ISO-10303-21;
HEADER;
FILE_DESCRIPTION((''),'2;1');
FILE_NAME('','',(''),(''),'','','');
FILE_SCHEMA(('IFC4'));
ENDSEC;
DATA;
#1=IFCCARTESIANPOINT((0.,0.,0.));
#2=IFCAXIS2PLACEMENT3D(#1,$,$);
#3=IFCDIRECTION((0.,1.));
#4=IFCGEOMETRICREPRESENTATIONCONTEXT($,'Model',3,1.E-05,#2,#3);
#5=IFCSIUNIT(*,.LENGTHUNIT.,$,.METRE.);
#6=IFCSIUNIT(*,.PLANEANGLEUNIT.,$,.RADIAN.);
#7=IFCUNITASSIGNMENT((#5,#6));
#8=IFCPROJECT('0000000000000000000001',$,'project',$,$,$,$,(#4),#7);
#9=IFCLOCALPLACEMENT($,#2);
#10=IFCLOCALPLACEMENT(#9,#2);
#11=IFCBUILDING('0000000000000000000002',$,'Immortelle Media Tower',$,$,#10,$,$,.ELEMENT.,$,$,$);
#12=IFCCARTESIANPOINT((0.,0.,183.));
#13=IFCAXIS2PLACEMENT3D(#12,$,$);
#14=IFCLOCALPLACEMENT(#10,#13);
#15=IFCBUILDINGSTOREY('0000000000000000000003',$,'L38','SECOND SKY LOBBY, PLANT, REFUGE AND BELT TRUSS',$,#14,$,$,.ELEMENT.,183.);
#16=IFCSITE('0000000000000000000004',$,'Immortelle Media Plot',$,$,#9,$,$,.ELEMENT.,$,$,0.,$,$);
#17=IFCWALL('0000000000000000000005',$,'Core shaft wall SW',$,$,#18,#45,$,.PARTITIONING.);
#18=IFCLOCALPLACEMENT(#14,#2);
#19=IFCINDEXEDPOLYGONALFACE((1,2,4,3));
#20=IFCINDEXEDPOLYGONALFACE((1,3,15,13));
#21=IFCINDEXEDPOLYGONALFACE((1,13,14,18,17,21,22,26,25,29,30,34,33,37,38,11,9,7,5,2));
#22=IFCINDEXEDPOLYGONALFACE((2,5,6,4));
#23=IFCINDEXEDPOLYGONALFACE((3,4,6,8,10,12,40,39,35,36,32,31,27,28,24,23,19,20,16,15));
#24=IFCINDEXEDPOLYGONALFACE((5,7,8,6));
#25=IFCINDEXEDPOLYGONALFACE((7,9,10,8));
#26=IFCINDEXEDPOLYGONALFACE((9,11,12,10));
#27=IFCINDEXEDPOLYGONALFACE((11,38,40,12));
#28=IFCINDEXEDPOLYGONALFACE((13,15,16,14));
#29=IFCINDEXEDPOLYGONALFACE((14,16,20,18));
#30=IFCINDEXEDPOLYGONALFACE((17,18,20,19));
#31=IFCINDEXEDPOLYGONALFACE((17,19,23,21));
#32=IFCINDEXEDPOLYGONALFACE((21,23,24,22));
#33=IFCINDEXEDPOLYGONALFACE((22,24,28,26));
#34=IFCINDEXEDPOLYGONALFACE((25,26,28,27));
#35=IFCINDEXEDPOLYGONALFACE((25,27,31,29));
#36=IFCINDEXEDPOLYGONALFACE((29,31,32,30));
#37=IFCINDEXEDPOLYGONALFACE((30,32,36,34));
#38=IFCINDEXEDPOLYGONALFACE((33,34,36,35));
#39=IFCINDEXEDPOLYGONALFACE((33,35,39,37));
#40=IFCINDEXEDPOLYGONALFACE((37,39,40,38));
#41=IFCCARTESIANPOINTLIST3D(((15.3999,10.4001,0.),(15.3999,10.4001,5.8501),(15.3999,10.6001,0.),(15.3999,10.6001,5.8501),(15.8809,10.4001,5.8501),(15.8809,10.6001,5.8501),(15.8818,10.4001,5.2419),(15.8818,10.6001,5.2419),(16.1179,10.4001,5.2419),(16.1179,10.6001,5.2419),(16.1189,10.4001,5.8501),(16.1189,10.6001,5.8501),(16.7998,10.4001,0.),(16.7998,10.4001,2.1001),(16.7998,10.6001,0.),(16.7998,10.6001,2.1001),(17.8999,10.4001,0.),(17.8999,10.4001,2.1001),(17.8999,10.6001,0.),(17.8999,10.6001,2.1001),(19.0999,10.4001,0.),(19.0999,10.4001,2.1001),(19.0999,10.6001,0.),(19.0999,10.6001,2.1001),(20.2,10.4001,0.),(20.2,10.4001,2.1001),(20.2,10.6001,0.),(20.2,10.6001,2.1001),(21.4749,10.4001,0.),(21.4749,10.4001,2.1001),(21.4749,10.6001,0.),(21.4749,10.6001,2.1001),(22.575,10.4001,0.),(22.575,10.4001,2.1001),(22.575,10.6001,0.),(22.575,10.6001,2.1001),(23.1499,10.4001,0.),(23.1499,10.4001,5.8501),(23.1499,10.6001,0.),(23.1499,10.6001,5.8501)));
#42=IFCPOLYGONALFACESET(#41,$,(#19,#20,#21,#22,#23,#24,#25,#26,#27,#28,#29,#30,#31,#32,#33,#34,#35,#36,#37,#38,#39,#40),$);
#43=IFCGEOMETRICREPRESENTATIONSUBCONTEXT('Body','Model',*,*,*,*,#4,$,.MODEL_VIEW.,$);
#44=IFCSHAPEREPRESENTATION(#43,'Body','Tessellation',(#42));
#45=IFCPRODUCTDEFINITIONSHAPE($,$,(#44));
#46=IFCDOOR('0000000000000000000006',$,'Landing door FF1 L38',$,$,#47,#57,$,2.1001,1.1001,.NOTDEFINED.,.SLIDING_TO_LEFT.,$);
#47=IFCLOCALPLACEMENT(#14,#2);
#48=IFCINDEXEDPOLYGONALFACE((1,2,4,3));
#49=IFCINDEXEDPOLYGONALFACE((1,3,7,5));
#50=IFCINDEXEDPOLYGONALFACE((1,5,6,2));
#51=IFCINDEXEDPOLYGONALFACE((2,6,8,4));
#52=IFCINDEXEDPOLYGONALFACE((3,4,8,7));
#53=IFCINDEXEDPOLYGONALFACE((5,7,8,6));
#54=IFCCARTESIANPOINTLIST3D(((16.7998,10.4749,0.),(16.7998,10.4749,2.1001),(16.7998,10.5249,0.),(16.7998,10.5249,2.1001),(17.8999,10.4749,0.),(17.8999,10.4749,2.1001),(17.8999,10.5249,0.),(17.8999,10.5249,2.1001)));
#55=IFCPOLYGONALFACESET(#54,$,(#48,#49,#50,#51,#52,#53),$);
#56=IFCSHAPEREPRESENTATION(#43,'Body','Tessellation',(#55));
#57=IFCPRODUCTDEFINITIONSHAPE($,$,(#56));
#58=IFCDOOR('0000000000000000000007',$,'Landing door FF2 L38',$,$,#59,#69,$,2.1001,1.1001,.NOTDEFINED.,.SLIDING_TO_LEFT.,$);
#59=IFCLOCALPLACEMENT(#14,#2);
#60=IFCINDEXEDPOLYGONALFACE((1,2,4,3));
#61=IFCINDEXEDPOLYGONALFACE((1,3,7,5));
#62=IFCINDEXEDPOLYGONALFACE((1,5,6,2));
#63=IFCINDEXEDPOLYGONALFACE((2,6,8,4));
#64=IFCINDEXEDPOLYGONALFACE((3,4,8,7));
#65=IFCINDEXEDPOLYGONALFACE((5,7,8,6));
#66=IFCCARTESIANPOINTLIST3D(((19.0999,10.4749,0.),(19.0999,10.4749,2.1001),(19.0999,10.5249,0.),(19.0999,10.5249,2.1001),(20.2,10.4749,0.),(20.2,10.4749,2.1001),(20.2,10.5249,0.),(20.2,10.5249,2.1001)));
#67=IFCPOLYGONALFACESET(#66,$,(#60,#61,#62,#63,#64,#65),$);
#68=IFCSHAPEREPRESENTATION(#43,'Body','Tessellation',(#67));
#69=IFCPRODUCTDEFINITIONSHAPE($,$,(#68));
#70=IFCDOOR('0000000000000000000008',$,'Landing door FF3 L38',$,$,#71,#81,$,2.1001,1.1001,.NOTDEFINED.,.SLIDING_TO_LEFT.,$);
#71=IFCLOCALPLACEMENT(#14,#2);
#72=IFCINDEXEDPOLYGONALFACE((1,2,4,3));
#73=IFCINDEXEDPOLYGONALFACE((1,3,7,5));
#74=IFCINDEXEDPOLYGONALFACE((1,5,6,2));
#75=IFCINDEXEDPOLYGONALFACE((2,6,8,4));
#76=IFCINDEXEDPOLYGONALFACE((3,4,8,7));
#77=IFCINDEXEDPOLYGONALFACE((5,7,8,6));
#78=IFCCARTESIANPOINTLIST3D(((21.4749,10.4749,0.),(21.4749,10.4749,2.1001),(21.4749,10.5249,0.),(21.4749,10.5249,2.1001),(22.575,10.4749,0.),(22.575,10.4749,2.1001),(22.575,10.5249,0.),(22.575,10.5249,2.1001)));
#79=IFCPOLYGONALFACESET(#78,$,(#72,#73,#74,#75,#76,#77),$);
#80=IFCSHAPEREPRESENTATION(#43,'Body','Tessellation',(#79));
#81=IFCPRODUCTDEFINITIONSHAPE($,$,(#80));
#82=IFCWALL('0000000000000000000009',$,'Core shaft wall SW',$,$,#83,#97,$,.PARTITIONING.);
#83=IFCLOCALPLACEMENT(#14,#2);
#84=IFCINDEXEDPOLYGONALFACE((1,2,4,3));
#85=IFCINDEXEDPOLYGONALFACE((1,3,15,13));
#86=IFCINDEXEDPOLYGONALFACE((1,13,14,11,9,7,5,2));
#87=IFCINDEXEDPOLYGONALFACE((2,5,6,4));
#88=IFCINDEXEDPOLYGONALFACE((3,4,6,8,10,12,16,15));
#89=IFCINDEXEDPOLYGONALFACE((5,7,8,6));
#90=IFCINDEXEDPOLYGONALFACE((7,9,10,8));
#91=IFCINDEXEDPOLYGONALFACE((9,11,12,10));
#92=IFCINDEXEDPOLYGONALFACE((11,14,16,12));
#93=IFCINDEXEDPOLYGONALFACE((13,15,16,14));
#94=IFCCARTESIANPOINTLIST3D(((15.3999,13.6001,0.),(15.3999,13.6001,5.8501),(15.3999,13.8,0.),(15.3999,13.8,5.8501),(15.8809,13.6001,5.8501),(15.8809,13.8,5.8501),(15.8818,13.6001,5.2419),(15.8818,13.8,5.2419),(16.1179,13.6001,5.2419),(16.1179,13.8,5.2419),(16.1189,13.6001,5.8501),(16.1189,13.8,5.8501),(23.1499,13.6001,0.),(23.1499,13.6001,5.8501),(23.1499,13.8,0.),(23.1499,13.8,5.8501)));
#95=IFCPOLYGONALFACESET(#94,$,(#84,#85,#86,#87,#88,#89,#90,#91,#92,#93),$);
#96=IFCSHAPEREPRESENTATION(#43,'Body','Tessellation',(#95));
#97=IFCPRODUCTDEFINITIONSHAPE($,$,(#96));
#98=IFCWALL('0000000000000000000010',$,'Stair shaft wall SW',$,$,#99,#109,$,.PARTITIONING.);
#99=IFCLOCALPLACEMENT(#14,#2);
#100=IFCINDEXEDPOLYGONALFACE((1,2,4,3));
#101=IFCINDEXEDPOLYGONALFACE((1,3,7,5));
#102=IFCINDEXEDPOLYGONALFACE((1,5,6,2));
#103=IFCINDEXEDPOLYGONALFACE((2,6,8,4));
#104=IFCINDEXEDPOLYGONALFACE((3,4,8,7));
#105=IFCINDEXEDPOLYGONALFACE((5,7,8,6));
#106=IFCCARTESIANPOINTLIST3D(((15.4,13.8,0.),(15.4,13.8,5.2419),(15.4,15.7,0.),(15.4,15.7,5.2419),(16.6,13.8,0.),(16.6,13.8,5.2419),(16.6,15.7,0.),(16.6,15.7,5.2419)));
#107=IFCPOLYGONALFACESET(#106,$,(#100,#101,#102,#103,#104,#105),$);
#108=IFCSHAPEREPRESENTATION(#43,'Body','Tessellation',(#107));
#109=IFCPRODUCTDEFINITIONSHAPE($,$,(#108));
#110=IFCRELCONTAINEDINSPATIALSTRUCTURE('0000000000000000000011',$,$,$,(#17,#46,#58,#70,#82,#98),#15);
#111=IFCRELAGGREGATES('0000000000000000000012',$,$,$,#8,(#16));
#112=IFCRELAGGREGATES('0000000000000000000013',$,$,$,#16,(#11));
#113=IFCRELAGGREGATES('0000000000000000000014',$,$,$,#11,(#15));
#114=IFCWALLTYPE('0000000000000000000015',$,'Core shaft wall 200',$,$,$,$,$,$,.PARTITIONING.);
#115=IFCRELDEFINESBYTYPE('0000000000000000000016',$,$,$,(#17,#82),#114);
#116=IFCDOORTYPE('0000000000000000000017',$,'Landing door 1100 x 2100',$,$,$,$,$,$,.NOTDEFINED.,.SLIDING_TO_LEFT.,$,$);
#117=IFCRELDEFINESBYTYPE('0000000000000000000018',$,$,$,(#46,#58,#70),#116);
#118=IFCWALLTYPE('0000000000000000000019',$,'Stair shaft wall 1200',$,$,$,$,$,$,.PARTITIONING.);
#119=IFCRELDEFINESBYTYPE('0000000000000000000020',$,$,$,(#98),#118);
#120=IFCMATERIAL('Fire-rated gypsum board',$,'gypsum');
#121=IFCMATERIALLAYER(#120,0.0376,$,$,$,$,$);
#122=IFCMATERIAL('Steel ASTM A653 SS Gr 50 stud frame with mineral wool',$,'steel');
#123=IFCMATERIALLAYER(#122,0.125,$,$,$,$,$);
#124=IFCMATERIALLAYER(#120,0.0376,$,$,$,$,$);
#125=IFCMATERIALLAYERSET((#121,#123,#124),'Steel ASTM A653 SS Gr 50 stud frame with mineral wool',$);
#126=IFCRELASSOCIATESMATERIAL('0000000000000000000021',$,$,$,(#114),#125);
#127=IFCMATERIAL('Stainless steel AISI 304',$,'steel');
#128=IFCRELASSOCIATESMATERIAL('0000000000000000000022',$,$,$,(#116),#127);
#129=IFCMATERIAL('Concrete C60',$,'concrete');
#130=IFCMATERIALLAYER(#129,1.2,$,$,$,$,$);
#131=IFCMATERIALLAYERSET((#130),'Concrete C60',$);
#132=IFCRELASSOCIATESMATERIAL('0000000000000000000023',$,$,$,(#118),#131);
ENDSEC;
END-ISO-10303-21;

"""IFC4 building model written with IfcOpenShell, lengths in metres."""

from ifc_helpers import new_model, si_unit, direction, frame, frame_2d, origin, place, context, subcontext, project, spatial, polyline, rectangle, outline, extrude, material, layer, layer_set, type_object, element, fill, save


model = new_model("IFC4")

# Units and contexts
model_context = context("Model", 3, precision=1e-05, world=origin(), true_north=direction((0.0, 1.0)))
body_context = subcontext(model_context, "Body", "Model", "MODEL_VIEW")
ifc_project = project(units=[si_unit("LENGTHUNIT", "METRE"), si_unit("PLANEANGLEUNIT", "RADIAN")], contexts=[model_context])

# Site, building, storey
site_placement = place(None, origin())
site = spatial("IfcSite", under=ifc_project, at=site_placement, Name="Immortelle Media Plot", CompositionType="ELEMENT", RefElevation=0.0)
building_placement = place(site_placement, origin())
building = spatial("IfcBuilding", under=site, at=building_placement, Name="Immortelle Media Tower", CompositionType="ELEMENT")
storey_placement = place(building_placement, frame((0.0, 0.0, 183.0)))
storey = spatial("IfcBuildingStorey", under=building, at=storey_placement, Name="L38", Description="SECOND SKY LOBBY, PLANT, REFUGE AND BELT TRUSS", CompositionType="ELEMENT", Elevation=183.0)

# Wall, openings, doors
ifc_material_1 = material(Name="Fire-rated gypsum board", Category="gypsum")
ifc_layer_1 = layer(ifc_material_1, 0.0376)
ifc_material_2 = material(Name="Steel ASTM A653 SS Gr 50 stud frame with mineral wool", Category="steel")
ifc_layer_2 = layer(ifc_material_2, 0.125)
ifc_layer_3 = layer(ifc_material_1, 0.0376)
ifc_layer_set_1 = layer_set([ifc_layer_1, ifc_layer_2, ifc_layer_3], Name="Steel ASTM A653 SS Gr 50 stud frame with mineral wool")
wall_type_1 = type_object("IfcWallType", Name="Core shaft wall 200", PredefinedType="PARTITIONING", material=ifc_layer_set_1)
wall_1_placement = place(storey_placement, frame((15.3999, 10.5, 0.0), z_axis=(0.0, 0.0, 1.0), x_axis=(1.0, 0.0, 0.0)))
wall_1 = element("IfcWall", 1, at=wall_1_placement, inside=storey, type_object=wall_type_1, Name="Core shaft wall SW", PredefinedType="PARTITIONING", context=body_context, shape_type="SweptSolid", body=[
    extrude(outline(polyline([(0.0, 0.0), (7.75, 0.0), (7.75, 5.8501), (0.719, 5.8501), (0.718, 5.2419), (0.4819, 5.2419), (0.481, 5.8501), (0.0, 5.8501), (0.0, 0.0)])), frame((0.0, 0.1001, 0.0), z_axis=(0.0, -1.0, 0.0), x_axis=(1.0, 0.0, 0.0)), (0.0, 0.0, 1.0), 0.2),
])
opening_1_placement = place(wall_1_placement, frame((1.3999, 0.0, 0.0)))
opening_1 = element("IfcOpeningElement", 2, at=opening_1_placement, cuts=wall_1, PredefinedType="OPENING", context=body_context, shape_type="SweptSolid", body=[
    extrude(rectangle(XDim=1.1001, YDim=2.1001, at=frame_2d((0.55, 1.05))), frame((0.0, 0.1099, 0.0), z_axis=(0.0, -1.0, 0.0), x_axis=(1.0, 0.0, 0.0)), (0.0, 0.0, 1.0), 0.22),
])
opening_2_placement = place(wall_1_placement, frame((3.7, 0.0, 0.0)))
opening_2 = element("IfcOpeningElement", 3, at=opening_2_placement, cuts=wall_1, PredefinedType="OPENING", context=body_context, shape_type="SweptSolid", body=[
    extrude(rectangle(XDim=1.1001, YDim=2.1001, at=frame_2d((0.55, 1.05))), frame((0.0, 0.1099, 0.0), z_axis=(0.0, -1.0, 0.0), x_axis=(1.0, 0.0, 0.0)), (0.0, 0.0, 1.0), 0.22),
])
opening_3_placement = place(wall_1_placement, frame((6.075, 0.0, 0.0)))
opening_3 = element("IfcOpeningElement", 4, at=opening_3_placement, cuts=wall_1, PredefinedType="OPENING", context=body_context, shape_type="SweptSolid", body=[
    extrude(rectangle(XDim=1.1001, YDim=2.1001, at=frame_2d((0.55, 1.05))), frame((0.0, 0.1099, 0.0), z_axis=(0.0, -1.0, 0.0), x_axis=(1.0, 0.0, 0.0)), (0.0, 0.0, 1.0), 0.22),
])
ifc_material_3 = material(Name="Stainless steel AISI 304", Category="steel")
door_type_1 = type_object("IfcDoorType", Name="Landing door 1100 x 2100", OperationType="SLIDING_TO_LEFT", PredefinedType="NOTDEFINED", material=ifc_material_3)
door_1_placement = place(opening_1_placement, origin())
door_1 = element("IfcDoor", 5, at=door_1_placement, inside=storey, type_object=door_type_1, Name="Landing door FF1 L38", OperationType="SLIDING_TO_LEFT", OverallHeight=2.1001, OverallWidth=1.1001, PredefinedType="NOTDEFINED", context=body_context, shape_type="SweptSolid", body=[
    extrude(rectangle(XDim=1.1001, YDim=2.1001, at=frame_2d((0.55, 1.05))), frame((0.0, 0.0249, 0.0), z_axis=(0.0, -1.0, 0.0), x_axis=(1.0, 0.0, 0.0)), (0.0, 0.0, 1.0), 0.05),
])
fill(opening_1, door_1)
door_2_placement = place(opening_2_placement, origin())
door_2 = element("IfcDoor", 6, at=door_2_placement, inside=storey, type_object=door_type_1, Name="Landing door FF2 L38", OperationType="SLIDING_TO_LEFT", OverallHeight=2.1001, OverallWidth=1.1001, PredefinedType="NOTDEFINED", context=body_context, shape_type="SweptSolid", body=[
    extrude(rectangle(XDim=1.1001, YDim=2.1001, at=frame_2d((0.55, 1.05))), frame((0.0, 0.0249, 0.0), z_axis=(0.0, -1.0, 0.0), x_axis=(1.0, 0.0, 0.0)), (0.0, 0.0, 1.0), 0.05),
])
fill(opening_2, door_2)
door_3_placement = place(opening_3_placement, origin())
door_3 = element("IfcDoor", 7, at=door_3_placement, inside=storey, type_object=door_type_1, Name="Landing door FF3 L38", OperationType="SLIDING_TO_LEFT", OverallHeight=2.1001, OverallWidth=1.1001, PredefinedType="NOTDEFINED", context=body_context, shape_type="SweptSolid", body=[
    extrude(rectangle(XDim=1.1001, YDim=2.1001, at=frame_2d((0.55, 1.05))), frame((0.0, 0.0249, 0.0), z_axis=(0.0, -1.0, 0.0), x_axis=(1.0, 0.0, 0.0)), (0.0, 0.0, 1.0), 0.05),
])
fill(opening_3, door_3)

# Walls
wall_2_placement = place(storey_placement, frame((15.3999, 13.7, 0.0), z_axis=(0.0, 0.0, 1.0), x_axis=(1.0, 0.0, 0.0)))
element("IfcWall", 8, at=wall_2_placement, inside=storey, type_object=wall_type_1, Name="Core shaft wall SW", PredefinedType="PARTITIONING", context=body_context, shape_type="SweptSolid", body=[
    extrude(outline(polyline([(0.0, 0.0), (7.75, 0.0), (7.75, 5.8501), (0.719, 5.8501), (0.718, 5.2419), (0.4819, 5.2419), (0.481, 5.8501), (0.0, 5.8501), (0.0, 0.0)])), frame((0.0, 0.1001, 0.0), z_axis=(0.0, -1.0, 0.0), x_axis=(1.0, 0.0, 0.0)), (0.0, 0.0, 1.0), 0.2),
])
ifc_material_4 = material(Name="Concrete C60", Category="concrete")
ifc_layer_4 = layer(ifc_material_4, 1.2)
ifc_layer_set_2 = layer_set([ifc_layer_4], Name="Concrete C60")
wall_type_2 = type_object("IfcWallType", Name="Stair shaft wall 1200", PredefinedType="PARTITIONING", material=ifc_layer_set_2)
wall_3_placement = place(storey_placement, frame((16.0, 13.8, 0.0), z_axis=(0.0, 0.0, 1.0), x_axis=(0.0, 1.0, 0.0)))
element("IfcWall", 9, at=wall_3_placement, inside=storey, type_object=wall_type_2, Name="Stair shaft wall SW", PredefinedType="PARTITIONING", context=body_context, shape_type="SweptSolid", body=[
    extrude(rectangle(XDim=1.8999, YDim=1.2, at=frame_2d((0.95, 0.0))), origin(), (0.0, 0.0, 1.0), 5.2419),
])

save(model, "model.ifc")
